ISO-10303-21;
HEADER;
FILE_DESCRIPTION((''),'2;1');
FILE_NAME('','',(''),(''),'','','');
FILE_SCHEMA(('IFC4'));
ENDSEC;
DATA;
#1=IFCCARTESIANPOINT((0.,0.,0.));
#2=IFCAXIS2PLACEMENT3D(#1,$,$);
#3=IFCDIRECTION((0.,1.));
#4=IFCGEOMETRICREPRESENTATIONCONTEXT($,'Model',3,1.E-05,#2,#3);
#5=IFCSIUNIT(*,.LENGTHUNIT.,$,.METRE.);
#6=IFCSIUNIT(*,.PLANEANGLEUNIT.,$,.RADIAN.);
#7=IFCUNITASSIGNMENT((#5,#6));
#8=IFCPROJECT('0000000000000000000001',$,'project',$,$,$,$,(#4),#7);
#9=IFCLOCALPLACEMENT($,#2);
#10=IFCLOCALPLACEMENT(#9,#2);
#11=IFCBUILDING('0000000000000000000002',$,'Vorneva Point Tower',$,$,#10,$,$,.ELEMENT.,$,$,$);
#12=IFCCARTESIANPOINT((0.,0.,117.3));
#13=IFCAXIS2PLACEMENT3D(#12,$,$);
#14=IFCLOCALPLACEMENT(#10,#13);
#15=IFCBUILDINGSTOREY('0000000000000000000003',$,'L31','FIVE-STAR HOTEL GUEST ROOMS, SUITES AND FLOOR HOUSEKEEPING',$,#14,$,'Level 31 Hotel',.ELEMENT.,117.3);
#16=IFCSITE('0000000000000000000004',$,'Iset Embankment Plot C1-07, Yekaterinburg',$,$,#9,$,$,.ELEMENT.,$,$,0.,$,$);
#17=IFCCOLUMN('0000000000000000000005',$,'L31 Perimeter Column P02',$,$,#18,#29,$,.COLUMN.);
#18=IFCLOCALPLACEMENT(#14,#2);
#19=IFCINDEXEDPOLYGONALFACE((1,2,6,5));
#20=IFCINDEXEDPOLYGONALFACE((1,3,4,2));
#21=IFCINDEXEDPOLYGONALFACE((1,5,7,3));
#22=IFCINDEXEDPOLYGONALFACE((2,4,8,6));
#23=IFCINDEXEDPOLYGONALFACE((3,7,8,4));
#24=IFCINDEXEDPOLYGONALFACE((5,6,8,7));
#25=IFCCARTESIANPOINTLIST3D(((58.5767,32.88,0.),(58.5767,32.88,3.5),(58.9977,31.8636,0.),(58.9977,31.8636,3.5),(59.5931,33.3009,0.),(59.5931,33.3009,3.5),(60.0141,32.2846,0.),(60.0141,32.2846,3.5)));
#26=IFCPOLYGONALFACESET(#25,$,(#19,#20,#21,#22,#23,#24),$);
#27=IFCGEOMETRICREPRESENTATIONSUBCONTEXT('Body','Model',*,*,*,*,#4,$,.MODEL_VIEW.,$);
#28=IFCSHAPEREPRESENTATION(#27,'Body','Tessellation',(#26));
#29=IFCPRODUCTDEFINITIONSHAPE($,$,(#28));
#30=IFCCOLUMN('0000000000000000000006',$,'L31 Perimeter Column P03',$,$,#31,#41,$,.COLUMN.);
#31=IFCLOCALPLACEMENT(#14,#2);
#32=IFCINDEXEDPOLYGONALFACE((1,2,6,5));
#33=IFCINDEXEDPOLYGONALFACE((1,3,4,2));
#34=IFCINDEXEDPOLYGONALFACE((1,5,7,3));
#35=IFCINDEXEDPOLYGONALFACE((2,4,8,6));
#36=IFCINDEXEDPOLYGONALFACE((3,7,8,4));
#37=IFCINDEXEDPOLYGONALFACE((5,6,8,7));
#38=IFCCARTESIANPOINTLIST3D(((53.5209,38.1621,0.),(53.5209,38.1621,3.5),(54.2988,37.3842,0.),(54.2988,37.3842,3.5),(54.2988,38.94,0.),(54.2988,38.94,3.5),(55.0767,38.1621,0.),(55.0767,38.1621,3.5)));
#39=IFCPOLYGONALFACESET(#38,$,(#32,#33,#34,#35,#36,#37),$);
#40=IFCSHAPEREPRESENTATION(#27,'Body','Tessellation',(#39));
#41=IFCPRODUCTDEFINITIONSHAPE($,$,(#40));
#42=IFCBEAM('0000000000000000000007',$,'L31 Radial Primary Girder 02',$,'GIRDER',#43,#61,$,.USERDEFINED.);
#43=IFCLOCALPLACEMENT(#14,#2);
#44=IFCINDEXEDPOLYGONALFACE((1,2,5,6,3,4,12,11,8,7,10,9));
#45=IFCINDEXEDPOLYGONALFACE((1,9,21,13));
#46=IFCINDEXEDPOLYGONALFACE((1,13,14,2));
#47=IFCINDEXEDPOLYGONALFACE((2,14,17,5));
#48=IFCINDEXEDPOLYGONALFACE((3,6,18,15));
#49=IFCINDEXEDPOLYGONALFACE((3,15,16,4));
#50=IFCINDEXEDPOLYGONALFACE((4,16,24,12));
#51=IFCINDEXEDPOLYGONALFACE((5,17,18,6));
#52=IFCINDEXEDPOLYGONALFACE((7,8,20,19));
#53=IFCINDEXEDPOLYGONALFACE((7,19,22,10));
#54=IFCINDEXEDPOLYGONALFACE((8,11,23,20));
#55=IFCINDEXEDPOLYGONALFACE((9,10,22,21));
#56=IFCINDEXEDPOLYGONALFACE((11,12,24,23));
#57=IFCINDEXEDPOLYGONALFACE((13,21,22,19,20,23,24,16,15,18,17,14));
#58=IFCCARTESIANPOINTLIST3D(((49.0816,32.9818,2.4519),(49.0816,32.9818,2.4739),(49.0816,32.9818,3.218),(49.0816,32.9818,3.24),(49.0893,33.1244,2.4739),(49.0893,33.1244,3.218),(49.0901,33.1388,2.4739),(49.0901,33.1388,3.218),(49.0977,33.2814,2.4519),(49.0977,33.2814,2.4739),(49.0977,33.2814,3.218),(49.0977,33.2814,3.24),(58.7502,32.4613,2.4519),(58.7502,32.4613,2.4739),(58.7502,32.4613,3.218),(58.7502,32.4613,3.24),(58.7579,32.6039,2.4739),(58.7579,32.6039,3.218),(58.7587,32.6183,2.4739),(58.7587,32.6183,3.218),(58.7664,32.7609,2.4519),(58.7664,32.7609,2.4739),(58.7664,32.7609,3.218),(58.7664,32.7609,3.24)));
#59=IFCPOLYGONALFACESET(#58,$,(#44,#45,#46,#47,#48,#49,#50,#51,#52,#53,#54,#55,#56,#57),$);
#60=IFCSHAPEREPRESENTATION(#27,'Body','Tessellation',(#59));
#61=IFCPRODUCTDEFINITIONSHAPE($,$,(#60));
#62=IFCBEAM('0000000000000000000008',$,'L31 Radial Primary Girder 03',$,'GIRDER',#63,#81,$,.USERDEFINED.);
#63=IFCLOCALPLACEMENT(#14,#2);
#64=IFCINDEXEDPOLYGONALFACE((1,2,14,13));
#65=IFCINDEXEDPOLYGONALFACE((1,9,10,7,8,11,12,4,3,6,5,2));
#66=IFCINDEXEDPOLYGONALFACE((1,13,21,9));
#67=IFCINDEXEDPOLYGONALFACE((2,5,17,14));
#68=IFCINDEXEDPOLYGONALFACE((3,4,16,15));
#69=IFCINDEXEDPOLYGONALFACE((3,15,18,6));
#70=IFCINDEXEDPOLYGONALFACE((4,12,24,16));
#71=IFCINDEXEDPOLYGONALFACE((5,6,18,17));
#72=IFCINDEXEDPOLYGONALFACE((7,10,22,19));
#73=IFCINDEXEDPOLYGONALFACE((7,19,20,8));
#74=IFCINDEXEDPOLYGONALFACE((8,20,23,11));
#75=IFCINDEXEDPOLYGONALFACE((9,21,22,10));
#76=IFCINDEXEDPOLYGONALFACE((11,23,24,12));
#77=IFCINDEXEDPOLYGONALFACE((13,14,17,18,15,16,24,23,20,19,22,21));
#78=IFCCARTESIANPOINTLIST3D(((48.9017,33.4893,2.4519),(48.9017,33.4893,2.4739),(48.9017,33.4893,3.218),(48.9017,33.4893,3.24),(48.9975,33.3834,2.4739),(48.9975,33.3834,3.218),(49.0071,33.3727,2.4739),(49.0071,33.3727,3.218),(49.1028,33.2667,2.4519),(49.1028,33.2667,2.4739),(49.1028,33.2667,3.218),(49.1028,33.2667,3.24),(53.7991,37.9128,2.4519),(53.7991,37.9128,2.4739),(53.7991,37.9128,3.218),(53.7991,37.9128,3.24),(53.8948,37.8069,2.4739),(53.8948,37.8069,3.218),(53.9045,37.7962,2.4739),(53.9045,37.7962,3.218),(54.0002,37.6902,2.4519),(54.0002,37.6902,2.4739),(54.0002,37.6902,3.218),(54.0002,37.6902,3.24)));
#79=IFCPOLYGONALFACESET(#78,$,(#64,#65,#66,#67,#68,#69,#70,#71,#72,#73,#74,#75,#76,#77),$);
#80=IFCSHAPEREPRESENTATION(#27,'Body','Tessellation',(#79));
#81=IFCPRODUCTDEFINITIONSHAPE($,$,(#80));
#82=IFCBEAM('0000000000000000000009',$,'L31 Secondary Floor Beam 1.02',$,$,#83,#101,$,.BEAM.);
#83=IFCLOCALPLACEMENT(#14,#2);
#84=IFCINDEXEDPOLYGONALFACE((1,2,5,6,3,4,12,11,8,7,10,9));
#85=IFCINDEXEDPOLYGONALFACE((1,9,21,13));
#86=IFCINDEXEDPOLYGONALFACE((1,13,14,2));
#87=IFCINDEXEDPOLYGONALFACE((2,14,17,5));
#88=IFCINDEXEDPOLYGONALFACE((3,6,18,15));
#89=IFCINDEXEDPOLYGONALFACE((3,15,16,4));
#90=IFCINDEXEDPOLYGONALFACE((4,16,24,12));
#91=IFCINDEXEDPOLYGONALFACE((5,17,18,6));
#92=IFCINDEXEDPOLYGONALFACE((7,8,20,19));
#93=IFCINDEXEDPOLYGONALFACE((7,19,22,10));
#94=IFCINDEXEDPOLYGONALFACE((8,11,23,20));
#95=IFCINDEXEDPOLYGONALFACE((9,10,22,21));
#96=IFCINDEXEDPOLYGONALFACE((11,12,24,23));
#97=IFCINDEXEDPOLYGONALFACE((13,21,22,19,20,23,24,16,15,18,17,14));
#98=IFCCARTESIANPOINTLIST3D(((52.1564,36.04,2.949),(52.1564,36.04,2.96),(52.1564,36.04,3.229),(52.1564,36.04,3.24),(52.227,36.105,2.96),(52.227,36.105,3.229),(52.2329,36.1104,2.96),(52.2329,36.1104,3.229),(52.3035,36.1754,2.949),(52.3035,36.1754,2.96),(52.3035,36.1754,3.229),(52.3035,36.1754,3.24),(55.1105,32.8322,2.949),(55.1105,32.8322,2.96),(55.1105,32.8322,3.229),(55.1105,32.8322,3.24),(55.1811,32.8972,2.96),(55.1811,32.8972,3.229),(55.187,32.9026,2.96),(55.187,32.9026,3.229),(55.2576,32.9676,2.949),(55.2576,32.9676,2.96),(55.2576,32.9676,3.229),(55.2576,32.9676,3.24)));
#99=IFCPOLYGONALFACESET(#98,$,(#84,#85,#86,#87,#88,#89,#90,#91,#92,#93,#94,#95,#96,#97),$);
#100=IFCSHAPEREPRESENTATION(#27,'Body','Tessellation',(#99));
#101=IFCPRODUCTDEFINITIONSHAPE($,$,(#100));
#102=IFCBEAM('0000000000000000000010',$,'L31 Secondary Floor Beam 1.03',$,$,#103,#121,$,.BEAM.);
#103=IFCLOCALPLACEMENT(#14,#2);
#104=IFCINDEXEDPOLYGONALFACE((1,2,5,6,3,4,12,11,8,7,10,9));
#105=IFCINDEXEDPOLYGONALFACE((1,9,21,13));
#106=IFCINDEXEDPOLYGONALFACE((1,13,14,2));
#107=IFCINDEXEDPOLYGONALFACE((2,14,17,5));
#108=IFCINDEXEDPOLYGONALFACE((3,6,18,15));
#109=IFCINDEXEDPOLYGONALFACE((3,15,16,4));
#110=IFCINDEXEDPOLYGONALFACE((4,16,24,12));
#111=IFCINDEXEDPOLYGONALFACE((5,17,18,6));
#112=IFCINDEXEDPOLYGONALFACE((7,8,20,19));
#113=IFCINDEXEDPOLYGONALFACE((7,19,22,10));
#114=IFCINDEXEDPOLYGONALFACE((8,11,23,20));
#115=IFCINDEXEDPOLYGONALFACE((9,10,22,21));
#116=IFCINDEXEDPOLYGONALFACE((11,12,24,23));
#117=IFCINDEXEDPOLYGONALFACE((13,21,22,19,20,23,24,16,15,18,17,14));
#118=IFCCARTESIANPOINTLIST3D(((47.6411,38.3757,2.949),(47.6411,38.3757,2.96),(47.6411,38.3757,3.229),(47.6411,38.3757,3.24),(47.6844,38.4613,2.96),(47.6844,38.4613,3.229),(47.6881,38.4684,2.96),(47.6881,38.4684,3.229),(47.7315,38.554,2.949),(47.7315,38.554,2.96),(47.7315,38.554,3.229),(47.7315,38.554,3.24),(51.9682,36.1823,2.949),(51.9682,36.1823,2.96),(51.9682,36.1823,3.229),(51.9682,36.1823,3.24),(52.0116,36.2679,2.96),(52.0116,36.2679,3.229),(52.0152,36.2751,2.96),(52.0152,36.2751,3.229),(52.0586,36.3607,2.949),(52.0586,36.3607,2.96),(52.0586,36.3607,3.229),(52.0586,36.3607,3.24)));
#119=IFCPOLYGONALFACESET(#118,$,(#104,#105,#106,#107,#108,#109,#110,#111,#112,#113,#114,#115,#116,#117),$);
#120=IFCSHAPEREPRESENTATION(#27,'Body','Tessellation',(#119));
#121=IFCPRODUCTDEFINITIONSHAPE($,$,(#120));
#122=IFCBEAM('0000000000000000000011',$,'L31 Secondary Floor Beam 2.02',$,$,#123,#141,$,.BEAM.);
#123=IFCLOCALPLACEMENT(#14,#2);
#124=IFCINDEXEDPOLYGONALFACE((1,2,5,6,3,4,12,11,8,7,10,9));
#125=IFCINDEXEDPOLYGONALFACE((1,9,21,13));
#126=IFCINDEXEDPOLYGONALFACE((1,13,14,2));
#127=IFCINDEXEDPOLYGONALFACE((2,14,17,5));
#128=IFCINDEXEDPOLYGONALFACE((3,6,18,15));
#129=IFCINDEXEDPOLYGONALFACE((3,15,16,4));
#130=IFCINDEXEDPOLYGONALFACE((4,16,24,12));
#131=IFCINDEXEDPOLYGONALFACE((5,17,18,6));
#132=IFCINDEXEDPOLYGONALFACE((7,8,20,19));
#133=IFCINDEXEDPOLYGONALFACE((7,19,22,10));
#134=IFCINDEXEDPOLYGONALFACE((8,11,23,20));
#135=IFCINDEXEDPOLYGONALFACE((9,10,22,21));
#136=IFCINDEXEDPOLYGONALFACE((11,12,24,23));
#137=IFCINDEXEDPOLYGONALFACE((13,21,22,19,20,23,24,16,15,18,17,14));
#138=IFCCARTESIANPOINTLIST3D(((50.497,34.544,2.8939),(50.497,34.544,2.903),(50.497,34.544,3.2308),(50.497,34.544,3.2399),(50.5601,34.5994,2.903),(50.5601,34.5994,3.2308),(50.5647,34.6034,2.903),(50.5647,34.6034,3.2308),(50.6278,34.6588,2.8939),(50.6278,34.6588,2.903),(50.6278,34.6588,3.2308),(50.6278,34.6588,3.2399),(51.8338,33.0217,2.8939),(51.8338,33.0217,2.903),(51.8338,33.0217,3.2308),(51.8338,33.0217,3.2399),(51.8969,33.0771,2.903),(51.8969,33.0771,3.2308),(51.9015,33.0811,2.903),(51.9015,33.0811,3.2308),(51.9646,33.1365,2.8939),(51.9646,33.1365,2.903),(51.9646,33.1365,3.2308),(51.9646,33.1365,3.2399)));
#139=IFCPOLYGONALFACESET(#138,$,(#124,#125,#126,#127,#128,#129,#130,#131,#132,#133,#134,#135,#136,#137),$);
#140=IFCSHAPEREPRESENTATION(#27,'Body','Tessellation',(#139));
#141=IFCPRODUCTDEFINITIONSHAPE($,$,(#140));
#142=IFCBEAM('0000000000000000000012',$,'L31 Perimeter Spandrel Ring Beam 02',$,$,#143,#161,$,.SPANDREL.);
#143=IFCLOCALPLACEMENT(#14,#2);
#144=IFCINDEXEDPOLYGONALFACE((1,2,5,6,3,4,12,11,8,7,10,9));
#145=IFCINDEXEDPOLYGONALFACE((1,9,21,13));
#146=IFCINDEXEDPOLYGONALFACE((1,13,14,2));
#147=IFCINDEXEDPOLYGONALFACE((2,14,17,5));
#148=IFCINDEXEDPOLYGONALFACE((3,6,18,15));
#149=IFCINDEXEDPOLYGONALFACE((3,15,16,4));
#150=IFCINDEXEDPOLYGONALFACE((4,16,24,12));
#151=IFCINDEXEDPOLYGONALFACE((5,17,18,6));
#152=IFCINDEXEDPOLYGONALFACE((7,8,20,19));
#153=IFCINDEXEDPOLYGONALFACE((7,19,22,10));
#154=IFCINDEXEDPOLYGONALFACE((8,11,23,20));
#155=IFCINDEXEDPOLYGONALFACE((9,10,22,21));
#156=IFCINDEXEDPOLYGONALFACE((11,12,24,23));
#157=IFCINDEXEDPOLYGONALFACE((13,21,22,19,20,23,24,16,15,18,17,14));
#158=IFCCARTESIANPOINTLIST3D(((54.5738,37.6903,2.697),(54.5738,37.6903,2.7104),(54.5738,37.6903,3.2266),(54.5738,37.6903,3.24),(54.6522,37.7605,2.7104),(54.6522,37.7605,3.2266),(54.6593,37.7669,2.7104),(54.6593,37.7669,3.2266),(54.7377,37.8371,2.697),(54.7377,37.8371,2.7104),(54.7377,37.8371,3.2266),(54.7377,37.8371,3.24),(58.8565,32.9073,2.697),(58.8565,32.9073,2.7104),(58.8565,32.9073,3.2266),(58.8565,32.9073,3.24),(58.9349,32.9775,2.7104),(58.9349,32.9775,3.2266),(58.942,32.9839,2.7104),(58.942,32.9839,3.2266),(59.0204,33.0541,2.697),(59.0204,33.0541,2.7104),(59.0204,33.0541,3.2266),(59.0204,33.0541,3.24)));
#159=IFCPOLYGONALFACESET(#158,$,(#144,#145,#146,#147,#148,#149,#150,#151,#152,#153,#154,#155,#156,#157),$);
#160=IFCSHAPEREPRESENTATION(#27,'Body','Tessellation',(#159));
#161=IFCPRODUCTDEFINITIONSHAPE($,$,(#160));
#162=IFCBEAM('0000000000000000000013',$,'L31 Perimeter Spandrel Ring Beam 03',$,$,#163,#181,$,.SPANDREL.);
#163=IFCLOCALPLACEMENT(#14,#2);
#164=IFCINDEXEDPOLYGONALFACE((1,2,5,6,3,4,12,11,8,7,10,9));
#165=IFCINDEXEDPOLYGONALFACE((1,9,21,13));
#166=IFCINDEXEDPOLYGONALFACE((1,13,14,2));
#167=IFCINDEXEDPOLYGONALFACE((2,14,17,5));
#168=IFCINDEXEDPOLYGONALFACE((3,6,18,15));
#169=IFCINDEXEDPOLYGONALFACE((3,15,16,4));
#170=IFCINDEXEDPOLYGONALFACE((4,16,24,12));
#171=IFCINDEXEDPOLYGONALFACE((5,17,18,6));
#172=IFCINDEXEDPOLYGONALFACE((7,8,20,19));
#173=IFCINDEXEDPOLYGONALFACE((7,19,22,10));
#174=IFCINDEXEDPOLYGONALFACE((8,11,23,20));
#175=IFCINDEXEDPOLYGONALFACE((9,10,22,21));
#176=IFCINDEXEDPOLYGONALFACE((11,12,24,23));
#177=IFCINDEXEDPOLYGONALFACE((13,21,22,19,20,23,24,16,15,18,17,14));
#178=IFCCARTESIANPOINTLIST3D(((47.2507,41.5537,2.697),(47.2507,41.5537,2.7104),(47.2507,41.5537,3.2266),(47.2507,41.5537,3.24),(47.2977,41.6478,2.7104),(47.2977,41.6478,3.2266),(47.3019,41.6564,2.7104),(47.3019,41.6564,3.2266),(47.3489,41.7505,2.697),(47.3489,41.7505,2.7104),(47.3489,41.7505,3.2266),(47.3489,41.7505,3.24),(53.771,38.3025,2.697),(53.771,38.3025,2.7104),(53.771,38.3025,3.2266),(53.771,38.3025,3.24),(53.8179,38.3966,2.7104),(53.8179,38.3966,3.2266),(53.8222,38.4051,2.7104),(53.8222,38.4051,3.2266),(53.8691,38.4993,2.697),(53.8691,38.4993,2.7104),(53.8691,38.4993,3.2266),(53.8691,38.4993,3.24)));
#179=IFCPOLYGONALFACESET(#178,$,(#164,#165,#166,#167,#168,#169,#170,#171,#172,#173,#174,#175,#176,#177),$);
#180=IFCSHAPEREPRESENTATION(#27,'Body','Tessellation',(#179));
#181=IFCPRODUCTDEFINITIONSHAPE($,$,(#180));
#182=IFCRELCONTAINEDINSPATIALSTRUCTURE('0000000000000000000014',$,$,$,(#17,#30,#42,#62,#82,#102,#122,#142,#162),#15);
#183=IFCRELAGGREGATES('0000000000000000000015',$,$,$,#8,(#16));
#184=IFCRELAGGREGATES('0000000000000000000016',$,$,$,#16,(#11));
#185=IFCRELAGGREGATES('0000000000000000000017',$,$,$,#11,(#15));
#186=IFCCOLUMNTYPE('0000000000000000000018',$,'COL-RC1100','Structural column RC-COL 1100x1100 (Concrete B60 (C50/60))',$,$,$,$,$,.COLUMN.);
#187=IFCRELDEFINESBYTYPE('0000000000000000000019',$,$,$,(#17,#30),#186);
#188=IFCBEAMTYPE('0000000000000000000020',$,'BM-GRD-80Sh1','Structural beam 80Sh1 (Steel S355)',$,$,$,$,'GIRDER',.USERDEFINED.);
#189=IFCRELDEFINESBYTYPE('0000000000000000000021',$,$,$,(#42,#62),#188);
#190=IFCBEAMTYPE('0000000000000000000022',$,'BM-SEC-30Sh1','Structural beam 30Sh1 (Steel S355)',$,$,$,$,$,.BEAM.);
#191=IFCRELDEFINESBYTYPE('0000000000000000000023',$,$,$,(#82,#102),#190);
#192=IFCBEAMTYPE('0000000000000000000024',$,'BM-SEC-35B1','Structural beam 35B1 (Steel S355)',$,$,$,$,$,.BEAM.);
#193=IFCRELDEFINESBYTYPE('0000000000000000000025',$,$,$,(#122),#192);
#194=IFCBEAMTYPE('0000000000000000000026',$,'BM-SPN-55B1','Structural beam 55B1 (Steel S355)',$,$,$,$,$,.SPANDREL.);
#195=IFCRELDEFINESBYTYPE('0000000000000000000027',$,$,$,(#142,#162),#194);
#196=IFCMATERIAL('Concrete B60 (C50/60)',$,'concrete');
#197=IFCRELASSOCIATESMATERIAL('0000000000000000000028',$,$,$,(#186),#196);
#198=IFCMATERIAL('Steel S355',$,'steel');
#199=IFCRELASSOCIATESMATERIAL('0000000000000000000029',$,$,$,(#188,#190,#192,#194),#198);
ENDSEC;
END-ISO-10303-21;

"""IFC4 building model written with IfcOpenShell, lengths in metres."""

from ifc_helpers import new_model, si_unit, direction, frame, origin, origin_2d, place, context, subcontext, project, spatial, rectangle, i_section, extrude, material, material_profile, profile_set, type_object, element, save


model = new_model("IFC4")

# Units and contexts
model_context = context("Model", 3, precision=1e-05, world=origin(), true_north=direction((0.0, 1.0)))
body_context = subcontext(model_context, "Body", "Model", "MODEL_VIEW")
ifc_project = project(units=[si_unit("LENGTHUNIT", "METRE"), si_unit("PLANEANGLEUNIT", "RADIAN")], contexts=[model_context])

# Site, building, storey
site_placement = place(None, origin())
site = spatial("IfcSite", under=ifc_project, at=site_placement, Name="Iset Embankment Plot C1-07, Yekaterinburg", CompositionType="ELEMENT", RefElevation=0.0)
building_placement = place(site_placement, origin())
building = spatial("IfcBuilding", under=site, at=building_placement, Name="Vorneva Point Tower", CompositionType="ELEMENT")
storey_placement = place(building_placement, frame((0.0, 0.0, 117.3)))
storey = spatial("IfcBuildingStorey", under=building, at=storey_placement, Name="L31", Description="FIVE-STAR HOTEL GUEST ROOMS, SUITES AND FLOOR HOUSEKEEPING", LongName="Level 31 Hotel", CompositionType="ELEMENT", Elevation=117.3)

# Columns
ifc_material_1 = material(Name="Concrete B60 (C50/60)", Category="concrete")
ifc_material_profile_1 = material_profile(ifc_material_1, rectangle(XDim=1.1001, YDim=1.1001, at=origin_2d()), Name="RC-COL 1100x1100")
ifc_profile_set_1 = profile_set([ifc_material_profile_1], Name="Concrete B60 (C50/60)")
column_type = type_object("IfcColumnType", Name="COL-RC1100", Description="Structural column RC-COL 1100x1100 (Concrete B60 (C50/60))", PredefinedType="COLUMN", material=ifc_profile_set_1)
for number, where, z_axis, x_axis, name in (
    (1, (59.2954, 32.5823, 0.0), (0.0, 0.0, 1.0), (0.92388, 0.382683, 0.0), "L31 Perimeter Column P02"),
    (2, (54.2988, 38.1621, 0.0), (0.0, 0.0, 1.0), (0.707107, 0.707107, 0.0), "L31 Perimeter Column P03"),
):
    element("IfcColumn", number, at=place(storey_placement, frame(where, z_axis=z_axis, x_axis=x_axis)), inside=storey, type_object=column_type, Name=name, PredefinedType="COLUMN", context=body_context, shape_type="SweptSolid", body=[
        extrude(rectangle(XDim=1.1001, YDim=1.1001, at=origin_2d()), origin(), (0.0, 0.0, 1.0), 3.5),
    ])

# Beams
ifc_material_2 = material(Name="Steel S355", Category="steel")
ifc_material_profile_2 = material_profile(ifc_material_2, i_section(OverallWidth=0.3, OverallDepth=0.7881, WebThickness=0.0144, FlangeThickness=0.022, at=origin_2d()), Name="80Sh1")
ifc_profile_set_2 = profile_set([ifc_material_profile_2], Name="Steel S355")
beam_type_1 = type_object("IfcBeamType", Name="BM-GRD-80Sh1", Description="Structural beam 80Sh1 (Steel S355)", ElementType="GIRDER", PredefinedType="USERDEFINED", material=ifc_profile_set_2)
beam_1_placement = place(storey_placement, frame((58.7583, 32.6111, 2.8459), z_axis=(-0.998554, 0.053756, 0.0), x_axis=(-0.053756, -0.998554, 0.0)))
element("IfcBeam", 3, at=beam_1_placement, inside=storey, type_object=beam_type_1, Name="L31 Radial Primary Girder 02", ObjectType="GIRDER", PredefinedType="USERDEFINED", context=body_context, shape_type="SweptSolid", body=[
    extrude(i_section(OverallWidth=0.3, OverallDepth=0.7881, WebThickness=0.0144, FlangeThickness=0.022, at=origin_2d()), origin(), (0.0, 0.0, 1.0), 9.6826),
])
beam_2_placement = place(storey_placement, frame((53.8997, 37.8015, 2.8459), z_axis=(-0.742097, -0.670292, 0.0), x_axis=(0.670292, -0.742097, 0.0)))
element("IfcBeam", 4, at=beam_2_placement, inside=storey, type_object=beam_type_1, Name="L31 Radial Primary Girder 03", ObjectType="GIRDER", PredefinedType="USERDEFINED", context=body_context, shape_type="SweptSolid", body=[
    extrude(i_section(OverallWidth=0.3, OverallDepth=0.7881, WebThickness=0.0144, FlangeThickness=0.022, at=origin_2d()), origin(), (0.0, 0.0, 1.0), 6.5994),
])
ifc_material_profile_3 = material_profile(ifc_material_2, i_section(OverallWidth=0.2, OverallDepth=0.291, WebThickness=0.0081, FlangeThickness=0.011, at=origin_2d()), Name="30Sh1")
ifc_profile_set_3 = profile_set([ifc_material_profile_3], Name="Steel S355")
beam_type_2 = type_object("IfcBeamType", Name="BM-SEC-30Sh1", Description="Structural beam 30Sh1 (Steel S355)", PredefinedType="BEAM", material=ifc_profile_set_3)
beam_3_placement = place(storey_placement, frame((55.1841, 32.8999, 3.0945), z_axis=(-0.677424, 0.735593, 0.0), x_axis=(-0.735593, -0.677424, 0.0)))
element("IfcBeam", 5, at=beam_3_placement, inside=storey, type_object=beam_type_2, Name="L31 Secondary Floor Beam 1.02", PredefinedType="BEAM", context=body_context, shape_type="SweptSolid", body=[
    extrude(i_section(OverallWidth=0.2, OverallDepth=0.291, WebThickness=0.0081, FlangeThickness=0.011, at=origin_2d()), origin(), (0.0, 0.0, 1.0), 4.3608),
])
beam_4_placement = place(storey_placement, frame((52.0134, 36.2715, 3.0945), z_axis=(-0.891958, 0.452119, 0.0), x_axis=(-0.452119, -0.891958, 0.0)))
element("IfcBeam", 6, at=beam_4_placement, inside=storey, type_object=beam_type_2, Name="L31 Secondary Floor Beam 1.03", PredefinedType="BEAM", context=body_context, shape_type="SweptSolid", body=[
    extrude(i_section(OverallWidth=0.2, OverallDepth=0.291, WebThickness=0.0081, FlangeThickness=0.011, at=origin_2d()), origin(), (0.0, 0.0, 1.0), 4.8513),
])
ifc_material_profile_4 = material_profile(ifc_material_2, i_section(OverallWidth=0.1741, OverallDepth=0.3459, WebThickness=0.0061, FlangeThickness=0.009, at=origin_2d()), Name="35B1")
ifc_profile_set_4 = profile_set([ifc_material_profile_4], Name="Steel S355")
beam_type_3 = type_object("IfcBeamType", Name="BM-SEC-35B1", Description="Structural beam 35B1 (Steel S355)", PredefinedType="BEAM", material=ifc_profile_set_4)
beam_5_placement = place(storey_placement, frame((51.8992, 33.0791, 3.0669), z_axis=(-0.659826, 0.751418, 0.0), x_axis=(-0.751418, -0.659826, 0.0)))
element("IfcBeam", 7, at=beam_5_placement, inside=storey, type_object=beam_type_3, Name="L31 Secondary Floor Beam 2.02", PredefinedType="BEAM", context=body_context, shape_type="SweptSolid", body=[
    extrude(i_section(OverallWidth=0.1741, OverallDepth=0.3459, WebThickness=0.0061, FlangeThickness=0.009, at=origin_2d()), origin(), (0.0, 0.0, 1.0), 2.0259),
])
ifc_material_profile_5 = material_profile(ifc_material_2, i_section(OverallWidth=0.22, OverallDepth=0.543, WebThickness=0.0095, FlangeThickness=0.0134, at=origin_2d()), Name="55B1")
ifc_profile_set_5 = profile_set([ifc_material_profile_5], Name="Steel S355")
beam_type_4 = type_object("IfcBeamType", Name="BM-SPN-55B1", Description="Structural beam 55B1 (Steel S355)", PredefinedType="SPANDREL", material=ifc_profile_set_5)
beam_6_placement = place(storey_placement, frame((58.9385, 32.9807, 2.9685), z_axis=(-0.667074, 0.744992, 0.0), x_axis=(-0.744992, -0.667074, 0.0)))
element("IfcBeam", 8, at=beam_6_placement, inside=storey, type_object=beam_type_4, Name="L31 Perimeter Spandrel Ring Beam 02", PredefinedType="SPANDREL", context=body_context, shape_type="SweptSolid", body=[
    extrude(i_section(OverallWidth=0.22, OverallDepth=0.543, WebThickness=0.0095, FlangeThickness=0.0134, at=origin_2d()), origin(), (0.0, 0.0, 1.0), 6.4202),
])
beam_7_placement = place(storey_placement, frame((53.8201, 38.4009, 2.9685), z_axis=(-0.894916, 0.446235, 0.0), x_axis=(-0.446235, -0.894916, 0.0)))
element("IfcBeam", 9, at=beam_7_placement, inside=storey, type_object=beam_type_4, Name="L31 Perimeter Spandrel Ring Beam 03", PredefinedType="SPANDREL", context=body_context, shape_type="SweptSolid", body=[
    extrude(i_section(OverallWidth=0.22, OverallDepth=0.543, WebThickness=0.0095, FlangeThickness=0.0134, at=origin_2d()), origin(), (0.0, 0.0, 1.0), 7.2859),
])

save(model, "model.ifc")
